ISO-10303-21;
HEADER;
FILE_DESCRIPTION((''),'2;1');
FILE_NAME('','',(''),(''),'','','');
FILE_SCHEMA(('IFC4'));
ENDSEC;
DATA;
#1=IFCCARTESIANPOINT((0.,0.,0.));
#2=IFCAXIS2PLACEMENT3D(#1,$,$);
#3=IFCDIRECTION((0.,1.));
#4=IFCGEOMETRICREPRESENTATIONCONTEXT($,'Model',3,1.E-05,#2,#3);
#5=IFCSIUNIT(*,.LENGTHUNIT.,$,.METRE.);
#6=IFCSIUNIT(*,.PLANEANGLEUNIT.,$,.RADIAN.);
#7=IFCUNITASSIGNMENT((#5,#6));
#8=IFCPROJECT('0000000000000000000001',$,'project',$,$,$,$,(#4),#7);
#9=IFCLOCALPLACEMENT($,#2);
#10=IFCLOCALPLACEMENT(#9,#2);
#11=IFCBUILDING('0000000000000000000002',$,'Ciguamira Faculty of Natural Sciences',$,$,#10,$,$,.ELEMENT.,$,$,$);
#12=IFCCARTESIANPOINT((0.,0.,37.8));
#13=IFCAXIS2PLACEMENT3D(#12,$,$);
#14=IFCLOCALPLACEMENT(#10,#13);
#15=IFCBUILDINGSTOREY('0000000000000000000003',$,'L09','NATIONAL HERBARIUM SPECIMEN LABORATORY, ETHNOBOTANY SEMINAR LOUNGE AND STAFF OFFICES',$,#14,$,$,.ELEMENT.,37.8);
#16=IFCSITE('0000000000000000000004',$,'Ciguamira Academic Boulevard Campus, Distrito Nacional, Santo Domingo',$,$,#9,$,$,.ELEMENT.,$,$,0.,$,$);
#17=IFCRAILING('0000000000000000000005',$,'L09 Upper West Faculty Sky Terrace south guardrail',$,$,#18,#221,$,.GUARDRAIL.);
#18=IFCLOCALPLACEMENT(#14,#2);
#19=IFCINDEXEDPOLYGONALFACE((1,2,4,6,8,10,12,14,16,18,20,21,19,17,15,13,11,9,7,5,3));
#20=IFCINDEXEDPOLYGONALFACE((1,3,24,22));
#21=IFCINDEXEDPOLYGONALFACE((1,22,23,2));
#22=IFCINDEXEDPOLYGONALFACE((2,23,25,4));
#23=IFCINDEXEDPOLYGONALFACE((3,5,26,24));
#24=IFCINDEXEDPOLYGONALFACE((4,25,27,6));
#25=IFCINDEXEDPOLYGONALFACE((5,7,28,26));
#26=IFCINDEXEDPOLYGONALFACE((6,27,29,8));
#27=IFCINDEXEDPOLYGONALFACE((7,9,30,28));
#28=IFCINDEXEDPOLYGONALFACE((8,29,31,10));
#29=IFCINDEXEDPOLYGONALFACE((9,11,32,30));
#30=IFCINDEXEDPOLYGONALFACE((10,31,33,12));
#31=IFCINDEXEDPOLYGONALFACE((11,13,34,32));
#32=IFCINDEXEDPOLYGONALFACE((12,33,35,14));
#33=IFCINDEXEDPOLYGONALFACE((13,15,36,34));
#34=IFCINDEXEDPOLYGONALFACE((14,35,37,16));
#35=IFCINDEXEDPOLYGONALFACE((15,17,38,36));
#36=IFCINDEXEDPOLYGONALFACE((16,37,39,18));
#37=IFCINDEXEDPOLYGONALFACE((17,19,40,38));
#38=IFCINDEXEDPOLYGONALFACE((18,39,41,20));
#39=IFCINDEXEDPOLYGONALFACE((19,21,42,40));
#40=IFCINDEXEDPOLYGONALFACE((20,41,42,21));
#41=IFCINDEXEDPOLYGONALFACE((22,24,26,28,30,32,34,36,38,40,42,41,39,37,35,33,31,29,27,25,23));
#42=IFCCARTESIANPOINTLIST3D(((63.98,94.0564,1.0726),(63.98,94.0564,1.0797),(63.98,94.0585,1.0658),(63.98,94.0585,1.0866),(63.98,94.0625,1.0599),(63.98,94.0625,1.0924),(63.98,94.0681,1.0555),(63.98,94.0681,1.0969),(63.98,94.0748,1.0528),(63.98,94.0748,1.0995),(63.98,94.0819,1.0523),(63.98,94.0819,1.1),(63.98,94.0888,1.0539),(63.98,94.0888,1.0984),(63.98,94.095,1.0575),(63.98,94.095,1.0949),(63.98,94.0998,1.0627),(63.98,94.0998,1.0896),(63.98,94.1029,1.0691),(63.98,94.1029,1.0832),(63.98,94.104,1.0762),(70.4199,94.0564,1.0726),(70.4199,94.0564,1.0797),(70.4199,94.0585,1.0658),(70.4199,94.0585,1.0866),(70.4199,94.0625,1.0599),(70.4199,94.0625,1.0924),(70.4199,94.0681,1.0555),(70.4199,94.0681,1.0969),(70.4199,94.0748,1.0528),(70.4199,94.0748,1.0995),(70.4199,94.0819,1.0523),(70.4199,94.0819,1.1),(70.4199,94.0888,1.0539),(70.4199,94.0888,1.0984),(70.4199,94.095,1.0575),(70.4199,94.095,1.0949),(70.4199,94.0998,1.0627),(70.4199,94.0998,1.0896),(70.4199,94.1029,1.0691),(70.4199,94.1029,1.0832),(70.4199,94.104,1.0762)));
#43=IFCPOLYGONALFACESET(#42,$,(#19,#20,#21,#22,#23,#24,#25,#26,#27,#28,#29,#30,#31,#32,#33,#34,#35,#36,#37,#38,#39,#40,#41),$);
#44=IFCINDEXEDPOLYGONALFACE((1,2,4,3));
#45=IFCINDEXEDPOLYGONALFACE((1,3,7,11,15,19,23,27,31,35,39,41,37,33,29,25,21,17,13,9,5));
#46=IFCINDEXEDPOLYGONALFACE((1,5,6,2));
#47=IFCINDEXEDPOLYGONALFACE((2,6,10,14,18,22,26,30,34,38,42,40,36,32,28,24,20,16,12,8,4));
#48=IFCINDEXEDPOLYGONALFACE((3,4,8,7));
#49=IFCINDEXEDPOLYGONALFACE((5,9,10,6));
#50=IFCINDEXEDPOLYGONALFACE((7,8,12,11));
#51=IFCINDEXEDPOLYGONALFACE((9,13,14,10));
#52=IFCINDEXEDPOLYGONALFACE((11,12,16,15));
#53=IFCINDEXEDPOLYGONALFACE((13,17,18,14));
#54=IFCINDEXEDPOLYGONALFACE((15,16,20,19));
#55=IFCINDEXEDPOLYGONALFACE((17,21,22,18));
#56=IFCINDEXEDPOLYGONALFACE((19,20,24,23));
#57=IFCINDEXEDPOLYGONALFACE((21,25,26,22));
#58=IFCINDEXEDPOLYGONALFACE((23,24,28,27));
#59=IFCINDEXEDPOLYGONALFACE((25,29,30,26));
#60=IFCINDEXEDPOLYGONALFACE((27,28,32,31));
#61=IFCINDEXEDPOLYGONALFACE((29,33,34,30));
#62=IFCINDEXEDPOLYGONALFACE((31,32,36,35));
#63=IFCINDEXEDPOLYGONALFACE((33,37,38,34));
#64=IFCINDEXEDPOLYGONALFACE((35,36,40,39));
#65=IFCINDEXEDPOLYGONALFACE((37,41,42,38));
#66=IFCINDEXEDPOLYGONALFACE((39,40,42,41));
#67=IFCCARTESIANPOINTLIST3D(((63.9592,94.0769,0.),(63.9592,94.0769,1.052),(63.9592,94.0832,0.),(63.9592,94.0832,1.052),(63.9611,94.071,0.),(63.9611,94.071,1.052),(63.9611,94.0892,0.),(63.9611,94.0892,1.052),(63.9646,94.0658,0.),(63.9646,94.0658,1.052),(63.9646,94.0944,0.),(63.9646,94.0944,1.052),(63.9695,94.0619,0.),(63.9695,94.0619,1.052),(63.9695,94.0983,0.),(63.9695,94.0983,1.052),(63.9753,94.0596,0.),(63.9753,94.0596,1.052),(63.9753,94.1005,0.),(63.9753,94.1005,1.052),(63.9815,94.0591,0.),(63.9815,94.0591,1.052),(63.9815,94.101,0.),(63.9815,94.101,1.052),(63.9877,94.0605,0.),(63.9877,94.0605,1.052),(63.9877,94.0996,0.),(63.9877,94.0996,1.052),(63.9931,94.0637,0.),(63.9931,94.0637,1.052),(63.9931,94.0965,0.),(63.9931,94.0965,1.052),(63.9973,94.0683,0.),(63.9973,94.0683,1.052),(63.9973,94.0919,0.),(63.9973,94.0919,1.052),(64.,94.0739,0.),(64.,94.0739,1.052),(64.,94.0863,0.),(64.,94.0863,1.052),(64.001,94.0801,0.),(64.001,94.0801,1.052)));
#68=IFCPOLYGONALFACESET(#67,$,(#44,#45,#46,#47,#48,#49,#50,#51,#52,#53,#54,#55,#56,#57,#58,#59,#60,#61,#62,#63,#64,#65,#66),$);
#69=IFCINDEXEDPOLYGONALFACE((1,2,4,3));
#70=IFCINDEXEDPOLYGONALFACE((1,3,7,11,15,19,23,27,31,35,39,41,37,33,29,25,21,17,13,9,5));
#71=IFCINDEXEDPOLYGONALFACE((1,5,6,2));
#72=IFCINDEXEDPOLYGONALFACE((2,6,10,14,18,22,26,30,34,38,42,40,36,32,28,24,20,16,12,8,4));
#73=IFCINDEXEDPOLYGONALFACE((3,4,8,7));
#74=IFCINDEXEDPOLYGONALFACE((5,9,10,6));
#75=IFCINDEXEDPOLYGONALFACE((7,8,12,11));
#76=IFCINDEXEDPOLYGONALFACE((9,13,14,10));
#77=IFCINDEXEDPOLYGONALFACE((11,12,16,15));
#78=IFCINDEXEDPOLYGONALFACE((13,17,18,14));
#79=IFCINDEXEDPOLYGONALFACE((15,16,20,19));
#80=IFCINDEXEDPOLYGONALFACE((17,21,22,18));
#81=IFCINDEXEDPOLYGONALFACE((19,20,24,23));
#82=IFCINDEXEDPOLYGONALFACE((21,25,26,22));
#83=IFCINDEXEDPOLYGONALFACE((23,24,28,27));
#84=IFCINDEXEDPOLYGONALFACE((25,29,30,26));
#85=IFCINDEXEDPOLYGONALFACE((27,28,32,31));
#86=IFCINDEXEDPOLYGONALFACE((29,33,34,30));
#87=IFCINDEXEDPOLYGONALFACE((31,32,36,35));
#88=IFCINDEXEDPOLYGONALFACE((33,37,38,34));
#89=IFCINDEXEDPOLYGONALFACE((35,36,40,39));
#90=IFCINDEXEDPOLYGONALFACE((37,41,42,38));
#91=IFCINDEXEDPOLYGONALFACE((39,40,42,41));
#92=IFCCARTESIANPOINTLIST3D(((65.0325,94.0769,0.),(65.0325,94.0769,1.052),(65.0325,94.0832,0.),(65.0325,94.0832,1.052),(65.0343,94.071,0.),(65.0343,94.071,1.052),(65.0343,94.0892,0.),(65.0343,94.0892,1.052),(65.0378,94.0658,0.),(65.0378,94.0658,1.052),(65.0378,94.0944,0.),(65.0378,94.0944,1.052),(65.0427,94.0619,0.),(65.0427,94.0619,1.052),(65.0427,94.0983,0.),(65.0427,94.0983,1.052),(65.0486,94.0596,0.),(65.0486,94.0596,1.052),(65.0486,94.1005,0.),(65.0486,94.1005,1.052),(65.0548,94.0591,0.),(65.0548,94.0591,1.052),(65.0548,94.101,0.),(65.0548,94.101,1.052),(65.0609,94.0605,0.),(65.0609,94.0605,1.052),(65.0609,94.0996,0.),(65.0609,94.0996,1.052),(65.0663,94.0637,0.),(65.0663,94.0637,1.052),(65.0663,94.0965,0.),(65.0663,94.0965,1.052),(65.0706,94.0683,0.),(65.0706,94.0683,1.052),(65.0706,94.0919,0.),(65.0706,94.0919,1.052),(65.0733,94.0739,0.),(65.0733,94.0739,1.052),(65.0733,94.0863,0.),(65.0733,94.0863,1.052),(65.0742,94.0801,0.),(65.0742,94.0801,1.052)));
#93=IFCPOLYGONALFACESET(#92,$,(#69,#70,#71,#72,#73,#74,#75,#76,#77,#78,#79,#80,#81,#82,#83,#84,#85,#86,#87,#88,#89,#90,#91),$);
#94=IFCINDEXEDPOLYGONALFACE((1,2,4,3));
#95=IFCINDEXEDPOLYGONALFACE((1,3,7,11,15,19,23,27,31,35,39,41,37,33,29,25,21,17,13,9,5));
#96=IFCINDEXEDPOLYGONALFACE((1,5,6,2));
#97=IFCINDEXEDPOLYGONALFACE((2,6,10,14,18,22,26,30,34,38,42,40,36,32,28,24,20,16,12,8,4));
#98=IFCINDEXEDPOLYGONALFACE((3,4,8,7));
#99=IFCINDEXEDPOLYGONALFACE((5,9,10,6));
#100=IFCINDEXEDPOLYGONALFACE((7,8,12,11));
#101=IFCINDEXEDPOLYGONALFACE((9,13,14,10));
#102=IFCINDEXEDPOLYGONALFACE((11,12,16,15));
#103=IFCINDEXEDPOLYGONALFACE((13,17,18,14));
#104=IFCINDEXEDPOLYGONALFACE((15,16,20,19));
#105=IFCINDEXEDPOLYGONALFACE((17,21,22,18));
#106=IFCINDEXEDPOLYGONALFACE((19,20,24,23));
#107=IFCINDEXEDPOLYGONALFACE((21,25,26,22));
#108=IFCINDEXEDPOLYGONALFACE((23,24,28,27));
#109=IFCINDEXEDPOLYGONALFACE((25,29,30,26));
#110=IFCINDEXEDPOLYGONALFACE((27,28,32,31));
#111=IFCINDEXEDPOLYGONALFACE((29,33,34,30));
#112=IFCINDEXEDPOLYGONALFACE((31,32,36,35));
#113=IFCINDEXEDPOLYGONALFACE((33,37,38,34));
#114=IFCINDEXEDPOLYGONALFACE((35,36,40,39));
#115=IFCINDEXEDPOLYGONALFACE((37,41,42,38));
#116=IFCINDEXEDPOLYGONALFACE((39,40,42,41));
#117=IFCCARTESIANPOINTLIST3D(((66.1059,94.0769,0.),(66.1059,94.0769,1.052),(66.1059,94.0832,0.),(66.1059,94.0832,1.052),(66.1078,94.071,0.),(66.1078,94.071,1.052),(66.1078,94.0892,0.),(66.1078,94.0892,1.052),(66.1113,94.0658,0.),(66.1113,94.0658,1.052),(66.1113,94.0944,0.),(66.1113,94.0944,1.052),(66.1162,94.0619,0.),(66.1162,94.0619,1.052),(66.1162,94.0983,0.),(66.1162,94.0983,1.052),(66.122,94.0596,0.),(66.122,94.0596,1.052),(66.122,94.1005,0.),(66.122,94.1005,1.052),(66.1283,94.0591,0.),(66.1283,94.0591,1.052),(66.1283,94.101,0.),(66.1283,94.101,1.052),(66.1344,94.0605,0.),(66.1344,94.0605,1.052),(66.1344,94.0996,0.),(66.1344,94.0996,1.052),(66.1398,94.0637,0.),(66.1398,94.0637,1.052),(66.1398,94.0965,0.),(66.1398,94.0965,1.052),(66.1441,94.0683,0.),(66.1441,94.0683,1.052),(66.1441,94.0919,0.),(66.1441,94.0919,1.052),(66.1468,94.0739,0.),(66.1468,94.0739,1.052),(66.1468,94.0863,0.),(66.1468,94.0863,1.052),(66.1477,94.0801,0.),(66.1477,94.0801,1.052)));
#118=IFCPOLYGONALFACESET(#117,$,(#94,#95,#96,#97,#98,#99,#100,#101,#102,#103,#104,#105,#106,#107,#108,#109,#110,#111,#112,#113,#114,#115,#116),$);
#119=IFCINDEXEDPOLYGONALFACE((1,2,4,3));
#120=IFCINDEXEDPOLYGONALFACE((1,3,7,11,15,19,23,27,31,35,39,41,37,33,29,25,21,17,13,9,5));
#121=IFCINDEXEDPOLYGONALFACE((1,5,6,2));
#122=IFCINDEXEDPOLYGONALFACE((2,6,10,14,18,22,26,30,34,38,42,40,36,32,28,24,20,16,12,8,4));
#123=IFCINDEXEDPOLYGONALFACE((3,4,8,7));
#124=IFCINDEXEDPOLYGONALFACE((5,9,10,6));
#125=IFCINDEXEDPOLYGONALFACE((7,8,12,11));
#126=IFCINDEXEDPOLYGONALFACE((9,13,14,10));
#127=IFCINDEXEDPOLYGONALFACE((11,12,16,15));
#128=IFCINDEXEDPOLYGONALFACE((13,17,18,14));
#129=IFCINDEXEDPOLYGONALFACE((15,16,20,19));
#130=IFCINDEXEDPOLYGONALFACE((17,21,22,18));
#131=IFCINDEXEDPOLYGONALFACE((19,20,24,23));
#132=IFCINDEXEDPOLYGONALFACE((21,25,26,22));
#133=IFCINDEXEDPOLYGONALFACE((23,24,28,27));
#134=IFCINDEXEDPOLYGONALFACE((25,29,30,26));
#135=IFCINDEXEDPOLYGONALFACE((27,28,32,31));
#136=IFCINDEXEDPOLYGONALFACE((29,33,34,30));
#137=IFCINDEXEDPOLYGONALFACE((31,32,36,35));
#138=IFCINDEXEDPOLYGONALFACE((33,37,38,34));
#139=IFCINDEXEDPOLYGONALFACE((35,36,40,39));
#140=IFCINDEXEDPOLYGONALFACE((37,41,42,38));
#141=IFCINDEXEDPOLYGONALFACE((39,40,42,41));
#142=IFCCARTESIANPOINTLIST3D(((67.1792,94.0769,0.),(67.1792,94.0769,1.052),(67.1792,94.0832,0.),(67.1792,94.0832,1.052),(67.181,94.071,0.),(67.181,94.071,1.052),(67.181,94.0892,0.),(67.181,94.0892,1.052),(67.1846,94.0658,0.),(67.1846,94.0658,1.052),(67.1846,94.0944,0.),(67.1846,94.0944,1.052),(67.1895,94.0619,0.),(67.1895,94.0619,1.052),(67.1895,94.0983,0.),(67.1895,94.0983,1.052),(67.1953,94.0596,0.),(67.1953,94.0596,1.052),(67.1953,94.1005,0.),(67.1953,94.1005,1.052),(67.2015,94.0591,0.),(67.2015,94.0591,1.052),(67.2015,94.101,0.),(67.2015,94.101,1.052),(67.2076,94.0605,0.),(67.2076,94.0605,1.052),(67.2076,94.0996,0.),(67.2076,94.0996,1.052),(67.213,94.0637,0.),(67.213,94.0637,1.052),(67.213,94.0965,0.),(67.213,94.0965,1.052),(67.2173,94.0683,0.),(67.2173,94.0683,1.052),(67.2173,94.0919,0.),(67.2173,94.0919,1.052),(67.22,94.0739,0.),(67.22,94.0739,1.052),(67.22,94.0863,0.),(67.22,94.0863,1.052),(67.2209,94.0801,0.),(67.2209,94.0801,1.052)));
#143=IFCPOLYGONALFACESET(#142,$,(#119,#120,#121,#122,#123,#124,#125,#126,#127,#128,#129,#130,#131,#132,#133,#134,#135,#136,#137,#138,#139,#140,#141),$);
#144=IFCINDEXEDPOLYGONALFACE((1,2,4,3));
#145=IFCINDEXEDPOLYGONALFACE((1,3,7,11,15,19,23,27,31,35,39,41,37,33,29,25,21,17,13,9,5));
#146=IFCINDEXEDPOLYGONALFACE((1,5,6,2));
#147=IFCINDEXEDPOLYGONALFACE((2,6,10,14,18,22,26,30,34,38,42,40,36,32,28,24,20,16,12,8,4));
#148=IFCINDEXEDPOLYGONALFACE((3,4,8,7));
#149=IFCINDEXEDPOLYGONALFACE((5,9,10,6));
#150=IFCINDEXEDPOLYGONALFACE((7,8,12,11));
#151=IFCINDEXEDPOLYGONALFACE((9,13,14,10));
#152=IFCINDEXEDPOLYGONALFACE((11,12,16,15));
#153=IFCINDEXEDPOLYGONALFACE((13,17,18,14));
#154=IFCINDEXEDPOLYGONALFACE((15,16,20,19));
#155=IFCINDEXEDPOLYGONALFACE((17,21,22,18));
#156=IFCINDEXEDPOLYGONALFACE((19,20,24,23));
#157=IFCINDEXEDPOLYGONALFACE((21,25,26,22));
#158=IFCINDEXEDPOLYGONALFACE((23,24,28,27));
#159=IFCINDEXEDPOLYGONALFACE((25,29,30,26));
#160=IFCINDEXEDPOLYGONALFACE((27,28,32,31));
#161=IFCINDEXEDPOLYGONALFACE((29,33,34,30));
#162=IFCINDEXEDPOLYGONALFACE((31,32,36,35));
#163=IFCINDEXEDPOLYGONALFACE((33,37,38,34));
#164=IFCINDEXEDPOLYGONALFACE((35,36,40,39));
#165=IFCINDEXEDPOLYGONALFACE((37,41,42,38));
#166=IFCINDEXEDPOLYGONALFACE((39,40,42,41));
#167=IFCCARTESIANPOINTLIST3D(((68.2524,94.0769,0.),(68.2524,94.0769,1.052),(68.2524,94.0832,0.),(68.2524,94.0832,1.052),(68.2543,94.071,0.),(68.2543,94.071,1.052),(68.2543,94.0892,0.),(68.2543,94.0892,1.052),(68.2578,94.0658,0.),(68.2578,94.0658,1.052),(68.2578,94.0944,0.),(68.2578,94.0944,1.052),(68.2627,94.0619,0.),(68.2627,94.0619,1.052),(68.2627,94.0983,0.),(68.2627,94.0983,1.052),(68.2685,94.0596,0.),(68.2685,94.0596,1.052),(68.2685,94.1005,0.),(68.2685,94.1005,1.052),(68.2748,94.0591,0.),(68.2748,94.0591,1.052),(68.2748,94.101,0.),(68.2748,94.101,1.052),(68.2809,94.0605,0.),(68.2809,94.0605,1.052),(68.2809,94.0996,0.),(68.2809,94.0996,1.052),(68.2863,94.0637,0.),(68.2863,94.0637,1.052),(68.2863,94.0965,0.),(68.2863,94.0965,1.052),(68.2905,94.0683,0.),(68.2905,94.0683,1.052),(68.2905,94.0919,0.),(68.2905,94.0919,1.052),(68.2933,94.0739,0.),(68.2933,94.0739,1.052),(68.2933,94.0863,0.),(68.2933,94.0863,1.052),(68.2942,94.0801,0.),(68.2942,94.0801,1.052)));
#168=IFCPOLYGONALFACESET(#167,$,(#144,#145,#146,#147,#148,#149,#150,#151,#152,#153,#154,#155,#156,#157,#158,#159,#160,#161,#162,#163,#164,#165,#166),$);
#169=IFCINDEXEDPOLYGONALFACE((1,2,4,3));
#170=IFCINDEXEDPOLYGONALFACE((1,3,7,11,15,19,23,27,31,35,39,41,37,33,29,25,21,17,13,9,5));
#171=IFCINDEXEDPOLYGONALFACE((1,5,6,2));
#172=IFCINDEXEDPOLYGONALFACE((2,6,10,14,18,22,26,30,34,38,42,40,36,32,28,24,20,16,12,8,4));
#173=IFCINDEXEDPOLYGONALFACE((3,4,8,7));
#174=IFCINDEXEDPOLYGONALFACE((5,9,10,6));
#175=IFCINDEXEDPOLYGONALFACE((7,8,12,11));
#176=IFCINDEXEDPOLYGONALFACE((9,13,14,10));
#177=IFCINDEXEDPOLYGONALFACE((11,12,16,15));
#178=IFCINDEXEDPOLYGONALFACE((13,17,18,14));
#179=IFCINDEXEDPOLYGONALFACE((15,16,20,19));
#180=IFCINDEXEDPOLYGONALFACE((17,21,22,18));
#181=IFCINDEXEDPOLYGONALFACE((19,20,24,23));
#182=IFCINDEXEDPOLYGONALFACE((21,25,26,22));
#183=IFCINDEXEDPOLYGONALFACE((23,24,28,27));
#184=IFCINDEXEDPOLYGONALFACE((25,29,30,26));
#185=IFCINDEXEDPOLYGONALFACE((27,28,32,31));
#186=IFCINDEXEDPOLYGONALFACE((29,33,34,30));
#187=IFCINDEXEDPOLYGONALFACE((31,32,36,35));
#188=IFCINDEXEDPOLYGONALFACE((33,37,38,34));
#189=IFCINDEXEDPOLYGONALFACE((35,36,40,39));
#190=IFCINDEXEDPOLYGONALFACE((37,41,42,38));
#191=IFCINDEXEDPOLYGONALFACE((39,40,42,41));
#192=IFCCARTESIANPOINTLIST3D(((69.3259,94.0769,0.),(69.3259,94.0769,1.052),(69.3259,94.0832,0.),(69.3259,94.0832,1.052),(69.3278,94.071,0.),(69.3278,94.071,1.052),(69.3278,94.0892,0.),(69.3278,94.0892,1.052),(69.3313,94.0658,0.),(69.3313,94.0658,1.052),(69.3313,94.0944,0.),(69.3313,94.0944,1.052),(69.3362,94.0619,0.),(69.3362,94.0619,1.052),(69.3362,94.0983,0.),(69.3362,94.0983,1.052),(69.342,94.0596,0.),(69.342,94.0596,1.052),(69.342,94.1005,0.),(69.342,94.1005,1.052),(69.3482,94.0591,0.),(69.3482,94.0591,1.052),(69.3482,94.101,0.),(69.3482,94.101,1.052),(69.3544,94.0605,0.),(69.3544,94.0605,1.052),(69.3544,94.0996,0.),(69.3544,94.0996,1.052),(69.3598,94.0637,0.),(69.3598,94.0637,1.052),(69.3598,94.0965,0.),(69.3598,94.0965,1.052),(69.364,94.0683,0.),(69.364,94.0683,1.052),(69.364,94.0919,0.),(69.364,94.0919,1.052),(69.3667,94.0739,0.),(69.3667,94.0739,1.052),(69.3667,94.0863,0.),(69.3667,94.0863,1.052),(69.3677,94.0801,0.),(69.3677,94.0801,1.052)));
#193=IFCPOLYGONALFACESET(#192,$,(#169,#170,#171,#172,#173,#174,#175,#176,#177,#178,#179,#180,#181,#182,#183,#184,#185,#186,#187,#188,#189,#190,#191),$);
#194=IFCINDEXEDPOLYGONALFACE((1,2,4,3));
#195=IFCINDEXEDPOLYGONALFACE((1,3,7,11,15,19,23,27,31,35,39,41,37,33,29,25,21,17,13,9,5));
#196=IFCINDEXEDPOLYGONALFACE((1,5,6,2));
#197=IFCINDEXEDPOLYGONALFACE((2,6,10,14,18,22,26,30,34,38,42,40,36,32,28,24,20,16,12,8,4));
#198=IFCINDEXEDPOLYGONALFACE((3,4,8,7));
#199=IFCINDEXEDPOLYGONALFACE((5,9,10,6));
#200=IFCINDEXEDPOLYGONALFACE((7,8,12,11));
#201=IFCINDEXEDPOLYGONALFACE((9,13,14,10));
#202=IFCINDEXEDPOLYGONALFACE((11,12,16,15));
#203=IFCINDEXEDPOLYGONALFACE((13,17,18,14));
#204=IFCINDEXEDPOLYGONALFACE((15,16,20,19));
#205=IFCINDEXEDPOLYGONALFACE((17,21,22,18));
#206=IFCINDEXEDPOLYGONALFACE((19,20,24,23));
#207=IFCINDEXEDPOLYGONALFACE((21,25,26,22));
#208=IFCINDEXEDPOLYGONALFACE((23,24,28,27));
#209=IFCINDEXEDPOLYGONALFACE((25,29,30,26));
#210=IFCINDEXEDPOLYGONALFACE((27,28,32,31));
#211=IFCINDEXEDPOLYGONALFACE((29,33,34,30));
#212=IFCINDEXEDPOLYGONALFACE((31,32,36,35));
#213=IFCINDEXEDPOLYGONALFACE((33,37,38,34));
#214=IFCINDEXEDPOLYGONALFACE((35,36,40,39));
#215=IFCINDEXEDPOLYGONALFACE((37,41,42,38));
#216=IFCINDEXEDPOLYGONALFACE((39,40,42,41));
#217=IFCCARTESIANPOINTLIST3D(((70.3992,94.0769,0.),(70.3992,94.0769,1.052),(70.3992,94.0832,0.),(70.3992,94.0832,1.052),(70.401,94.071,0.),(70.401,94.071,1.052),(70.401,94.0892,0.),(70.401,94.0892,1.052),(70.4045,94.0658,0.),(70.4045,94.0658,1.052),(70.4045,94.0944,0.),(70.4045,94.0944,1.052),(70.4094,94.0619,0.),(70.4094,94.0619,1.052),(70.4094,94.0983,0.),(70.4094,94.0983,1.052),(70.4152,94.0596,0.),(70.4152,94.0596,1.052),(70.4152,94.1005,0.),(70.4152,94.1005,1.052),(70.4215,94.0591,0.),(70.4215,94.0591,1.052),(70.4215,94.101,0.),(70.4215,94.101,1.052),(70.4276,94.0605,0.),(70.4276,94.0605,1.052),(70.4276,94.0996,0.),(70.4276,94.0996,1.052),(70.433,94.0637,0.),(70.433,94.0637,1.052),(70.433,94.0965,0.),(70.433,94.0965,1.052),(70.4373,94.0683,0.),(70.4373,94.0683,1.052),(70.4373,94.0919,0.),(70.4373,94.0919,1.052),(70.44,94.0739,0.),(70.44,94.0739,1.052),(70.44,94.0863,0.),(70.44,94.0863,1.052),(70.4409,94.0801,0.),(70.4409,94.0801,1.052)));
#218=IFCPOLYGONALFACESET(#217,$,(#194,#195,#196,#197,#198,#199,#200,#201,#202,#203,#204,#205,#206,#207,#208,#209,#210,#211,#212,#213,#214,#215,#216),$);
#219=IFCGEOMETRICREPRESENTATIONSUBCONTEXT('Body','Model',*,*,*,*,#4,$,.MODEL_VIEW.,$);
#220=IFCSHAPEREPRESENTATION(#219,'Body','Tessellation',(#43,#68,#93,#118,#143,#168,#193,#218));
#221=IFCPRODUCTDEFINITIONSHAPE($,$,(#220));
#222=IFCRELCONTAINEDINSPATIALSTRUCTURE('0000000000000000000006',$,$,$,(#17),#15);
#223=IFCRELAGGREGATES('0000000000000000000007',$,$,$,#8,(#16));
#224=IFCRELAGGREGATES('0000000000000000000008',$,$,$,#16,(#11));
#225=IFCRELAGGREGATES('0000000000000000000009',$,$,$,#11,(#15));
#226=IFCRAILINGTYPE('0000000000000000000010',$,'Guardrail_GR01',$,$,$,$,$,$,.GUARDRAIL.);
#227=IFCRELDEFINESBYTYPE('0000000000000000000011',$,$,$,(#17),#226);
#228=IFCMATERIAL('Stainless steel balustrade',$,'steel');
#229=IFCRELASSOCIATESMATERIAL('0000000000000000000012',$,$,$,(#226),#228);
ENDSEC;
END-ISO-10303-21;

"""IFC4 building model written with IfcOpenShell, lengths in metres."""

from ifc_helpers import new_model, si_unit, direction, frame, origin, origin_2d, place, context, subcontext, project, spatial, circle, extrude, material, type_object, element, save


model = new_model("IFC4")

# Units and contexts
model_context = context("Model", 3, precision=1e-05, world=origin(), true_north=direction((0.0, 1.0)))
body_context = subcontext(model_context, "Body", "Model", "MODEL_VIEW")
ifc_project = project(units=[si_unit("LENGTHUNIT", "METRE"), si_unit("PLANEANGLEUNIT", "RADIAN")], contexts=[model_context])

# Site, building, storey
site_placement = place(None, origin())
site = spatial("IfcSite", under=ifc_project, at=site_placement, Name="Ciguamira Academic Boulevard Campus, Distrito Nacional, Santo Domingo", CompositionType="ELEMENT", RefElevation=0.0)
building_placement = place(site_placement, origin())
building = spatial("IfcBuilding", under=site, at=building_placement, Name="Ciguamira Faculty of Natural Sciences", CompositionType="ELEMENT")
storey_placement = place(building_placement, frame((0.0, 0.0, 37.8)))
storey = spatial("IfcBuildingStorey", under=building, at=storey_placement, Name="L09", Description="NATIONAL HERBARIUM SPECIMEN LABORATORY, ETHNOBOTANY SEMINAR LOUNGE AND STAFF OFFICES", CompositionType="ELEMENT", Elevation=37.8)

# Railing
ifc_material_1 = material(Name="Stainless steel balustrade", Category="steel")
railing_type_1 = type_object("IfcRailingType", Name="Guardrail_GR01", PredefinedType="GUARDRAIL", material=ifc_material_1)
railing_1_placement = place(storey_placement, frame((63.98, 94.0801, 0.0)))
element("IfcRailing", 1, at=railing_1_placement, inside=storey, type_object=railing_type_1, Name="L09 Upper West Faculty Sky Terrace south guardrail", PredefinedType="GUARDRAIL", context=body_context, shape_type="SweptSolid", body=[
    extrude(circle(Radius=0.0239, at=origin_2d()), frame((0.0, 0.0, 1.0762), z_axis=(1.0, 0.0, 0.0), x_axis=(0.0, 1.0, 0.0)), (0.0, 0.0, 1.0), 6.4399),
    extrude(circle(Radius=0.021, at=origin_2d()), origin(), (0.0, 0.0, 1.0), 1.052),
    extrude(circle(Radius=0.021, at=origin_2d()), frame((1.0732, 0.0, 0.0)), (0.0, 0.0, 1.0), 1.052),
    extrude(circle(Radius=0.021, at=origin_2d()), frame((2.1467, 0.0, 0.0)), (0.0, 0.0, 1.0), 1.052),
    extrude(circle(Radius=0.021, at=origin_2d()), frame((3.22, 0.0, 0.0)), (0.0, 0.0, 1.0), 1.052),
    extrude(circle(Radius=0.021, at=origin_2d()), frame((4.2932, 0.0, 0.0)), (0.0, 0.0, 1.0), 1.052),
    extrude(circle(Radius=0.021, at=origin_2d()), frame((5.3667, 0.0, 0.0)), (0.0, 0.0, 1.0), 1.052),
    extrude(circle(Radius=0.021, at=origin_2d()), frame((6.4399, 0.0, 0.0)), (0.0, 0.0, 1.0), 1.052),
])

save(model, "model.ifc")
